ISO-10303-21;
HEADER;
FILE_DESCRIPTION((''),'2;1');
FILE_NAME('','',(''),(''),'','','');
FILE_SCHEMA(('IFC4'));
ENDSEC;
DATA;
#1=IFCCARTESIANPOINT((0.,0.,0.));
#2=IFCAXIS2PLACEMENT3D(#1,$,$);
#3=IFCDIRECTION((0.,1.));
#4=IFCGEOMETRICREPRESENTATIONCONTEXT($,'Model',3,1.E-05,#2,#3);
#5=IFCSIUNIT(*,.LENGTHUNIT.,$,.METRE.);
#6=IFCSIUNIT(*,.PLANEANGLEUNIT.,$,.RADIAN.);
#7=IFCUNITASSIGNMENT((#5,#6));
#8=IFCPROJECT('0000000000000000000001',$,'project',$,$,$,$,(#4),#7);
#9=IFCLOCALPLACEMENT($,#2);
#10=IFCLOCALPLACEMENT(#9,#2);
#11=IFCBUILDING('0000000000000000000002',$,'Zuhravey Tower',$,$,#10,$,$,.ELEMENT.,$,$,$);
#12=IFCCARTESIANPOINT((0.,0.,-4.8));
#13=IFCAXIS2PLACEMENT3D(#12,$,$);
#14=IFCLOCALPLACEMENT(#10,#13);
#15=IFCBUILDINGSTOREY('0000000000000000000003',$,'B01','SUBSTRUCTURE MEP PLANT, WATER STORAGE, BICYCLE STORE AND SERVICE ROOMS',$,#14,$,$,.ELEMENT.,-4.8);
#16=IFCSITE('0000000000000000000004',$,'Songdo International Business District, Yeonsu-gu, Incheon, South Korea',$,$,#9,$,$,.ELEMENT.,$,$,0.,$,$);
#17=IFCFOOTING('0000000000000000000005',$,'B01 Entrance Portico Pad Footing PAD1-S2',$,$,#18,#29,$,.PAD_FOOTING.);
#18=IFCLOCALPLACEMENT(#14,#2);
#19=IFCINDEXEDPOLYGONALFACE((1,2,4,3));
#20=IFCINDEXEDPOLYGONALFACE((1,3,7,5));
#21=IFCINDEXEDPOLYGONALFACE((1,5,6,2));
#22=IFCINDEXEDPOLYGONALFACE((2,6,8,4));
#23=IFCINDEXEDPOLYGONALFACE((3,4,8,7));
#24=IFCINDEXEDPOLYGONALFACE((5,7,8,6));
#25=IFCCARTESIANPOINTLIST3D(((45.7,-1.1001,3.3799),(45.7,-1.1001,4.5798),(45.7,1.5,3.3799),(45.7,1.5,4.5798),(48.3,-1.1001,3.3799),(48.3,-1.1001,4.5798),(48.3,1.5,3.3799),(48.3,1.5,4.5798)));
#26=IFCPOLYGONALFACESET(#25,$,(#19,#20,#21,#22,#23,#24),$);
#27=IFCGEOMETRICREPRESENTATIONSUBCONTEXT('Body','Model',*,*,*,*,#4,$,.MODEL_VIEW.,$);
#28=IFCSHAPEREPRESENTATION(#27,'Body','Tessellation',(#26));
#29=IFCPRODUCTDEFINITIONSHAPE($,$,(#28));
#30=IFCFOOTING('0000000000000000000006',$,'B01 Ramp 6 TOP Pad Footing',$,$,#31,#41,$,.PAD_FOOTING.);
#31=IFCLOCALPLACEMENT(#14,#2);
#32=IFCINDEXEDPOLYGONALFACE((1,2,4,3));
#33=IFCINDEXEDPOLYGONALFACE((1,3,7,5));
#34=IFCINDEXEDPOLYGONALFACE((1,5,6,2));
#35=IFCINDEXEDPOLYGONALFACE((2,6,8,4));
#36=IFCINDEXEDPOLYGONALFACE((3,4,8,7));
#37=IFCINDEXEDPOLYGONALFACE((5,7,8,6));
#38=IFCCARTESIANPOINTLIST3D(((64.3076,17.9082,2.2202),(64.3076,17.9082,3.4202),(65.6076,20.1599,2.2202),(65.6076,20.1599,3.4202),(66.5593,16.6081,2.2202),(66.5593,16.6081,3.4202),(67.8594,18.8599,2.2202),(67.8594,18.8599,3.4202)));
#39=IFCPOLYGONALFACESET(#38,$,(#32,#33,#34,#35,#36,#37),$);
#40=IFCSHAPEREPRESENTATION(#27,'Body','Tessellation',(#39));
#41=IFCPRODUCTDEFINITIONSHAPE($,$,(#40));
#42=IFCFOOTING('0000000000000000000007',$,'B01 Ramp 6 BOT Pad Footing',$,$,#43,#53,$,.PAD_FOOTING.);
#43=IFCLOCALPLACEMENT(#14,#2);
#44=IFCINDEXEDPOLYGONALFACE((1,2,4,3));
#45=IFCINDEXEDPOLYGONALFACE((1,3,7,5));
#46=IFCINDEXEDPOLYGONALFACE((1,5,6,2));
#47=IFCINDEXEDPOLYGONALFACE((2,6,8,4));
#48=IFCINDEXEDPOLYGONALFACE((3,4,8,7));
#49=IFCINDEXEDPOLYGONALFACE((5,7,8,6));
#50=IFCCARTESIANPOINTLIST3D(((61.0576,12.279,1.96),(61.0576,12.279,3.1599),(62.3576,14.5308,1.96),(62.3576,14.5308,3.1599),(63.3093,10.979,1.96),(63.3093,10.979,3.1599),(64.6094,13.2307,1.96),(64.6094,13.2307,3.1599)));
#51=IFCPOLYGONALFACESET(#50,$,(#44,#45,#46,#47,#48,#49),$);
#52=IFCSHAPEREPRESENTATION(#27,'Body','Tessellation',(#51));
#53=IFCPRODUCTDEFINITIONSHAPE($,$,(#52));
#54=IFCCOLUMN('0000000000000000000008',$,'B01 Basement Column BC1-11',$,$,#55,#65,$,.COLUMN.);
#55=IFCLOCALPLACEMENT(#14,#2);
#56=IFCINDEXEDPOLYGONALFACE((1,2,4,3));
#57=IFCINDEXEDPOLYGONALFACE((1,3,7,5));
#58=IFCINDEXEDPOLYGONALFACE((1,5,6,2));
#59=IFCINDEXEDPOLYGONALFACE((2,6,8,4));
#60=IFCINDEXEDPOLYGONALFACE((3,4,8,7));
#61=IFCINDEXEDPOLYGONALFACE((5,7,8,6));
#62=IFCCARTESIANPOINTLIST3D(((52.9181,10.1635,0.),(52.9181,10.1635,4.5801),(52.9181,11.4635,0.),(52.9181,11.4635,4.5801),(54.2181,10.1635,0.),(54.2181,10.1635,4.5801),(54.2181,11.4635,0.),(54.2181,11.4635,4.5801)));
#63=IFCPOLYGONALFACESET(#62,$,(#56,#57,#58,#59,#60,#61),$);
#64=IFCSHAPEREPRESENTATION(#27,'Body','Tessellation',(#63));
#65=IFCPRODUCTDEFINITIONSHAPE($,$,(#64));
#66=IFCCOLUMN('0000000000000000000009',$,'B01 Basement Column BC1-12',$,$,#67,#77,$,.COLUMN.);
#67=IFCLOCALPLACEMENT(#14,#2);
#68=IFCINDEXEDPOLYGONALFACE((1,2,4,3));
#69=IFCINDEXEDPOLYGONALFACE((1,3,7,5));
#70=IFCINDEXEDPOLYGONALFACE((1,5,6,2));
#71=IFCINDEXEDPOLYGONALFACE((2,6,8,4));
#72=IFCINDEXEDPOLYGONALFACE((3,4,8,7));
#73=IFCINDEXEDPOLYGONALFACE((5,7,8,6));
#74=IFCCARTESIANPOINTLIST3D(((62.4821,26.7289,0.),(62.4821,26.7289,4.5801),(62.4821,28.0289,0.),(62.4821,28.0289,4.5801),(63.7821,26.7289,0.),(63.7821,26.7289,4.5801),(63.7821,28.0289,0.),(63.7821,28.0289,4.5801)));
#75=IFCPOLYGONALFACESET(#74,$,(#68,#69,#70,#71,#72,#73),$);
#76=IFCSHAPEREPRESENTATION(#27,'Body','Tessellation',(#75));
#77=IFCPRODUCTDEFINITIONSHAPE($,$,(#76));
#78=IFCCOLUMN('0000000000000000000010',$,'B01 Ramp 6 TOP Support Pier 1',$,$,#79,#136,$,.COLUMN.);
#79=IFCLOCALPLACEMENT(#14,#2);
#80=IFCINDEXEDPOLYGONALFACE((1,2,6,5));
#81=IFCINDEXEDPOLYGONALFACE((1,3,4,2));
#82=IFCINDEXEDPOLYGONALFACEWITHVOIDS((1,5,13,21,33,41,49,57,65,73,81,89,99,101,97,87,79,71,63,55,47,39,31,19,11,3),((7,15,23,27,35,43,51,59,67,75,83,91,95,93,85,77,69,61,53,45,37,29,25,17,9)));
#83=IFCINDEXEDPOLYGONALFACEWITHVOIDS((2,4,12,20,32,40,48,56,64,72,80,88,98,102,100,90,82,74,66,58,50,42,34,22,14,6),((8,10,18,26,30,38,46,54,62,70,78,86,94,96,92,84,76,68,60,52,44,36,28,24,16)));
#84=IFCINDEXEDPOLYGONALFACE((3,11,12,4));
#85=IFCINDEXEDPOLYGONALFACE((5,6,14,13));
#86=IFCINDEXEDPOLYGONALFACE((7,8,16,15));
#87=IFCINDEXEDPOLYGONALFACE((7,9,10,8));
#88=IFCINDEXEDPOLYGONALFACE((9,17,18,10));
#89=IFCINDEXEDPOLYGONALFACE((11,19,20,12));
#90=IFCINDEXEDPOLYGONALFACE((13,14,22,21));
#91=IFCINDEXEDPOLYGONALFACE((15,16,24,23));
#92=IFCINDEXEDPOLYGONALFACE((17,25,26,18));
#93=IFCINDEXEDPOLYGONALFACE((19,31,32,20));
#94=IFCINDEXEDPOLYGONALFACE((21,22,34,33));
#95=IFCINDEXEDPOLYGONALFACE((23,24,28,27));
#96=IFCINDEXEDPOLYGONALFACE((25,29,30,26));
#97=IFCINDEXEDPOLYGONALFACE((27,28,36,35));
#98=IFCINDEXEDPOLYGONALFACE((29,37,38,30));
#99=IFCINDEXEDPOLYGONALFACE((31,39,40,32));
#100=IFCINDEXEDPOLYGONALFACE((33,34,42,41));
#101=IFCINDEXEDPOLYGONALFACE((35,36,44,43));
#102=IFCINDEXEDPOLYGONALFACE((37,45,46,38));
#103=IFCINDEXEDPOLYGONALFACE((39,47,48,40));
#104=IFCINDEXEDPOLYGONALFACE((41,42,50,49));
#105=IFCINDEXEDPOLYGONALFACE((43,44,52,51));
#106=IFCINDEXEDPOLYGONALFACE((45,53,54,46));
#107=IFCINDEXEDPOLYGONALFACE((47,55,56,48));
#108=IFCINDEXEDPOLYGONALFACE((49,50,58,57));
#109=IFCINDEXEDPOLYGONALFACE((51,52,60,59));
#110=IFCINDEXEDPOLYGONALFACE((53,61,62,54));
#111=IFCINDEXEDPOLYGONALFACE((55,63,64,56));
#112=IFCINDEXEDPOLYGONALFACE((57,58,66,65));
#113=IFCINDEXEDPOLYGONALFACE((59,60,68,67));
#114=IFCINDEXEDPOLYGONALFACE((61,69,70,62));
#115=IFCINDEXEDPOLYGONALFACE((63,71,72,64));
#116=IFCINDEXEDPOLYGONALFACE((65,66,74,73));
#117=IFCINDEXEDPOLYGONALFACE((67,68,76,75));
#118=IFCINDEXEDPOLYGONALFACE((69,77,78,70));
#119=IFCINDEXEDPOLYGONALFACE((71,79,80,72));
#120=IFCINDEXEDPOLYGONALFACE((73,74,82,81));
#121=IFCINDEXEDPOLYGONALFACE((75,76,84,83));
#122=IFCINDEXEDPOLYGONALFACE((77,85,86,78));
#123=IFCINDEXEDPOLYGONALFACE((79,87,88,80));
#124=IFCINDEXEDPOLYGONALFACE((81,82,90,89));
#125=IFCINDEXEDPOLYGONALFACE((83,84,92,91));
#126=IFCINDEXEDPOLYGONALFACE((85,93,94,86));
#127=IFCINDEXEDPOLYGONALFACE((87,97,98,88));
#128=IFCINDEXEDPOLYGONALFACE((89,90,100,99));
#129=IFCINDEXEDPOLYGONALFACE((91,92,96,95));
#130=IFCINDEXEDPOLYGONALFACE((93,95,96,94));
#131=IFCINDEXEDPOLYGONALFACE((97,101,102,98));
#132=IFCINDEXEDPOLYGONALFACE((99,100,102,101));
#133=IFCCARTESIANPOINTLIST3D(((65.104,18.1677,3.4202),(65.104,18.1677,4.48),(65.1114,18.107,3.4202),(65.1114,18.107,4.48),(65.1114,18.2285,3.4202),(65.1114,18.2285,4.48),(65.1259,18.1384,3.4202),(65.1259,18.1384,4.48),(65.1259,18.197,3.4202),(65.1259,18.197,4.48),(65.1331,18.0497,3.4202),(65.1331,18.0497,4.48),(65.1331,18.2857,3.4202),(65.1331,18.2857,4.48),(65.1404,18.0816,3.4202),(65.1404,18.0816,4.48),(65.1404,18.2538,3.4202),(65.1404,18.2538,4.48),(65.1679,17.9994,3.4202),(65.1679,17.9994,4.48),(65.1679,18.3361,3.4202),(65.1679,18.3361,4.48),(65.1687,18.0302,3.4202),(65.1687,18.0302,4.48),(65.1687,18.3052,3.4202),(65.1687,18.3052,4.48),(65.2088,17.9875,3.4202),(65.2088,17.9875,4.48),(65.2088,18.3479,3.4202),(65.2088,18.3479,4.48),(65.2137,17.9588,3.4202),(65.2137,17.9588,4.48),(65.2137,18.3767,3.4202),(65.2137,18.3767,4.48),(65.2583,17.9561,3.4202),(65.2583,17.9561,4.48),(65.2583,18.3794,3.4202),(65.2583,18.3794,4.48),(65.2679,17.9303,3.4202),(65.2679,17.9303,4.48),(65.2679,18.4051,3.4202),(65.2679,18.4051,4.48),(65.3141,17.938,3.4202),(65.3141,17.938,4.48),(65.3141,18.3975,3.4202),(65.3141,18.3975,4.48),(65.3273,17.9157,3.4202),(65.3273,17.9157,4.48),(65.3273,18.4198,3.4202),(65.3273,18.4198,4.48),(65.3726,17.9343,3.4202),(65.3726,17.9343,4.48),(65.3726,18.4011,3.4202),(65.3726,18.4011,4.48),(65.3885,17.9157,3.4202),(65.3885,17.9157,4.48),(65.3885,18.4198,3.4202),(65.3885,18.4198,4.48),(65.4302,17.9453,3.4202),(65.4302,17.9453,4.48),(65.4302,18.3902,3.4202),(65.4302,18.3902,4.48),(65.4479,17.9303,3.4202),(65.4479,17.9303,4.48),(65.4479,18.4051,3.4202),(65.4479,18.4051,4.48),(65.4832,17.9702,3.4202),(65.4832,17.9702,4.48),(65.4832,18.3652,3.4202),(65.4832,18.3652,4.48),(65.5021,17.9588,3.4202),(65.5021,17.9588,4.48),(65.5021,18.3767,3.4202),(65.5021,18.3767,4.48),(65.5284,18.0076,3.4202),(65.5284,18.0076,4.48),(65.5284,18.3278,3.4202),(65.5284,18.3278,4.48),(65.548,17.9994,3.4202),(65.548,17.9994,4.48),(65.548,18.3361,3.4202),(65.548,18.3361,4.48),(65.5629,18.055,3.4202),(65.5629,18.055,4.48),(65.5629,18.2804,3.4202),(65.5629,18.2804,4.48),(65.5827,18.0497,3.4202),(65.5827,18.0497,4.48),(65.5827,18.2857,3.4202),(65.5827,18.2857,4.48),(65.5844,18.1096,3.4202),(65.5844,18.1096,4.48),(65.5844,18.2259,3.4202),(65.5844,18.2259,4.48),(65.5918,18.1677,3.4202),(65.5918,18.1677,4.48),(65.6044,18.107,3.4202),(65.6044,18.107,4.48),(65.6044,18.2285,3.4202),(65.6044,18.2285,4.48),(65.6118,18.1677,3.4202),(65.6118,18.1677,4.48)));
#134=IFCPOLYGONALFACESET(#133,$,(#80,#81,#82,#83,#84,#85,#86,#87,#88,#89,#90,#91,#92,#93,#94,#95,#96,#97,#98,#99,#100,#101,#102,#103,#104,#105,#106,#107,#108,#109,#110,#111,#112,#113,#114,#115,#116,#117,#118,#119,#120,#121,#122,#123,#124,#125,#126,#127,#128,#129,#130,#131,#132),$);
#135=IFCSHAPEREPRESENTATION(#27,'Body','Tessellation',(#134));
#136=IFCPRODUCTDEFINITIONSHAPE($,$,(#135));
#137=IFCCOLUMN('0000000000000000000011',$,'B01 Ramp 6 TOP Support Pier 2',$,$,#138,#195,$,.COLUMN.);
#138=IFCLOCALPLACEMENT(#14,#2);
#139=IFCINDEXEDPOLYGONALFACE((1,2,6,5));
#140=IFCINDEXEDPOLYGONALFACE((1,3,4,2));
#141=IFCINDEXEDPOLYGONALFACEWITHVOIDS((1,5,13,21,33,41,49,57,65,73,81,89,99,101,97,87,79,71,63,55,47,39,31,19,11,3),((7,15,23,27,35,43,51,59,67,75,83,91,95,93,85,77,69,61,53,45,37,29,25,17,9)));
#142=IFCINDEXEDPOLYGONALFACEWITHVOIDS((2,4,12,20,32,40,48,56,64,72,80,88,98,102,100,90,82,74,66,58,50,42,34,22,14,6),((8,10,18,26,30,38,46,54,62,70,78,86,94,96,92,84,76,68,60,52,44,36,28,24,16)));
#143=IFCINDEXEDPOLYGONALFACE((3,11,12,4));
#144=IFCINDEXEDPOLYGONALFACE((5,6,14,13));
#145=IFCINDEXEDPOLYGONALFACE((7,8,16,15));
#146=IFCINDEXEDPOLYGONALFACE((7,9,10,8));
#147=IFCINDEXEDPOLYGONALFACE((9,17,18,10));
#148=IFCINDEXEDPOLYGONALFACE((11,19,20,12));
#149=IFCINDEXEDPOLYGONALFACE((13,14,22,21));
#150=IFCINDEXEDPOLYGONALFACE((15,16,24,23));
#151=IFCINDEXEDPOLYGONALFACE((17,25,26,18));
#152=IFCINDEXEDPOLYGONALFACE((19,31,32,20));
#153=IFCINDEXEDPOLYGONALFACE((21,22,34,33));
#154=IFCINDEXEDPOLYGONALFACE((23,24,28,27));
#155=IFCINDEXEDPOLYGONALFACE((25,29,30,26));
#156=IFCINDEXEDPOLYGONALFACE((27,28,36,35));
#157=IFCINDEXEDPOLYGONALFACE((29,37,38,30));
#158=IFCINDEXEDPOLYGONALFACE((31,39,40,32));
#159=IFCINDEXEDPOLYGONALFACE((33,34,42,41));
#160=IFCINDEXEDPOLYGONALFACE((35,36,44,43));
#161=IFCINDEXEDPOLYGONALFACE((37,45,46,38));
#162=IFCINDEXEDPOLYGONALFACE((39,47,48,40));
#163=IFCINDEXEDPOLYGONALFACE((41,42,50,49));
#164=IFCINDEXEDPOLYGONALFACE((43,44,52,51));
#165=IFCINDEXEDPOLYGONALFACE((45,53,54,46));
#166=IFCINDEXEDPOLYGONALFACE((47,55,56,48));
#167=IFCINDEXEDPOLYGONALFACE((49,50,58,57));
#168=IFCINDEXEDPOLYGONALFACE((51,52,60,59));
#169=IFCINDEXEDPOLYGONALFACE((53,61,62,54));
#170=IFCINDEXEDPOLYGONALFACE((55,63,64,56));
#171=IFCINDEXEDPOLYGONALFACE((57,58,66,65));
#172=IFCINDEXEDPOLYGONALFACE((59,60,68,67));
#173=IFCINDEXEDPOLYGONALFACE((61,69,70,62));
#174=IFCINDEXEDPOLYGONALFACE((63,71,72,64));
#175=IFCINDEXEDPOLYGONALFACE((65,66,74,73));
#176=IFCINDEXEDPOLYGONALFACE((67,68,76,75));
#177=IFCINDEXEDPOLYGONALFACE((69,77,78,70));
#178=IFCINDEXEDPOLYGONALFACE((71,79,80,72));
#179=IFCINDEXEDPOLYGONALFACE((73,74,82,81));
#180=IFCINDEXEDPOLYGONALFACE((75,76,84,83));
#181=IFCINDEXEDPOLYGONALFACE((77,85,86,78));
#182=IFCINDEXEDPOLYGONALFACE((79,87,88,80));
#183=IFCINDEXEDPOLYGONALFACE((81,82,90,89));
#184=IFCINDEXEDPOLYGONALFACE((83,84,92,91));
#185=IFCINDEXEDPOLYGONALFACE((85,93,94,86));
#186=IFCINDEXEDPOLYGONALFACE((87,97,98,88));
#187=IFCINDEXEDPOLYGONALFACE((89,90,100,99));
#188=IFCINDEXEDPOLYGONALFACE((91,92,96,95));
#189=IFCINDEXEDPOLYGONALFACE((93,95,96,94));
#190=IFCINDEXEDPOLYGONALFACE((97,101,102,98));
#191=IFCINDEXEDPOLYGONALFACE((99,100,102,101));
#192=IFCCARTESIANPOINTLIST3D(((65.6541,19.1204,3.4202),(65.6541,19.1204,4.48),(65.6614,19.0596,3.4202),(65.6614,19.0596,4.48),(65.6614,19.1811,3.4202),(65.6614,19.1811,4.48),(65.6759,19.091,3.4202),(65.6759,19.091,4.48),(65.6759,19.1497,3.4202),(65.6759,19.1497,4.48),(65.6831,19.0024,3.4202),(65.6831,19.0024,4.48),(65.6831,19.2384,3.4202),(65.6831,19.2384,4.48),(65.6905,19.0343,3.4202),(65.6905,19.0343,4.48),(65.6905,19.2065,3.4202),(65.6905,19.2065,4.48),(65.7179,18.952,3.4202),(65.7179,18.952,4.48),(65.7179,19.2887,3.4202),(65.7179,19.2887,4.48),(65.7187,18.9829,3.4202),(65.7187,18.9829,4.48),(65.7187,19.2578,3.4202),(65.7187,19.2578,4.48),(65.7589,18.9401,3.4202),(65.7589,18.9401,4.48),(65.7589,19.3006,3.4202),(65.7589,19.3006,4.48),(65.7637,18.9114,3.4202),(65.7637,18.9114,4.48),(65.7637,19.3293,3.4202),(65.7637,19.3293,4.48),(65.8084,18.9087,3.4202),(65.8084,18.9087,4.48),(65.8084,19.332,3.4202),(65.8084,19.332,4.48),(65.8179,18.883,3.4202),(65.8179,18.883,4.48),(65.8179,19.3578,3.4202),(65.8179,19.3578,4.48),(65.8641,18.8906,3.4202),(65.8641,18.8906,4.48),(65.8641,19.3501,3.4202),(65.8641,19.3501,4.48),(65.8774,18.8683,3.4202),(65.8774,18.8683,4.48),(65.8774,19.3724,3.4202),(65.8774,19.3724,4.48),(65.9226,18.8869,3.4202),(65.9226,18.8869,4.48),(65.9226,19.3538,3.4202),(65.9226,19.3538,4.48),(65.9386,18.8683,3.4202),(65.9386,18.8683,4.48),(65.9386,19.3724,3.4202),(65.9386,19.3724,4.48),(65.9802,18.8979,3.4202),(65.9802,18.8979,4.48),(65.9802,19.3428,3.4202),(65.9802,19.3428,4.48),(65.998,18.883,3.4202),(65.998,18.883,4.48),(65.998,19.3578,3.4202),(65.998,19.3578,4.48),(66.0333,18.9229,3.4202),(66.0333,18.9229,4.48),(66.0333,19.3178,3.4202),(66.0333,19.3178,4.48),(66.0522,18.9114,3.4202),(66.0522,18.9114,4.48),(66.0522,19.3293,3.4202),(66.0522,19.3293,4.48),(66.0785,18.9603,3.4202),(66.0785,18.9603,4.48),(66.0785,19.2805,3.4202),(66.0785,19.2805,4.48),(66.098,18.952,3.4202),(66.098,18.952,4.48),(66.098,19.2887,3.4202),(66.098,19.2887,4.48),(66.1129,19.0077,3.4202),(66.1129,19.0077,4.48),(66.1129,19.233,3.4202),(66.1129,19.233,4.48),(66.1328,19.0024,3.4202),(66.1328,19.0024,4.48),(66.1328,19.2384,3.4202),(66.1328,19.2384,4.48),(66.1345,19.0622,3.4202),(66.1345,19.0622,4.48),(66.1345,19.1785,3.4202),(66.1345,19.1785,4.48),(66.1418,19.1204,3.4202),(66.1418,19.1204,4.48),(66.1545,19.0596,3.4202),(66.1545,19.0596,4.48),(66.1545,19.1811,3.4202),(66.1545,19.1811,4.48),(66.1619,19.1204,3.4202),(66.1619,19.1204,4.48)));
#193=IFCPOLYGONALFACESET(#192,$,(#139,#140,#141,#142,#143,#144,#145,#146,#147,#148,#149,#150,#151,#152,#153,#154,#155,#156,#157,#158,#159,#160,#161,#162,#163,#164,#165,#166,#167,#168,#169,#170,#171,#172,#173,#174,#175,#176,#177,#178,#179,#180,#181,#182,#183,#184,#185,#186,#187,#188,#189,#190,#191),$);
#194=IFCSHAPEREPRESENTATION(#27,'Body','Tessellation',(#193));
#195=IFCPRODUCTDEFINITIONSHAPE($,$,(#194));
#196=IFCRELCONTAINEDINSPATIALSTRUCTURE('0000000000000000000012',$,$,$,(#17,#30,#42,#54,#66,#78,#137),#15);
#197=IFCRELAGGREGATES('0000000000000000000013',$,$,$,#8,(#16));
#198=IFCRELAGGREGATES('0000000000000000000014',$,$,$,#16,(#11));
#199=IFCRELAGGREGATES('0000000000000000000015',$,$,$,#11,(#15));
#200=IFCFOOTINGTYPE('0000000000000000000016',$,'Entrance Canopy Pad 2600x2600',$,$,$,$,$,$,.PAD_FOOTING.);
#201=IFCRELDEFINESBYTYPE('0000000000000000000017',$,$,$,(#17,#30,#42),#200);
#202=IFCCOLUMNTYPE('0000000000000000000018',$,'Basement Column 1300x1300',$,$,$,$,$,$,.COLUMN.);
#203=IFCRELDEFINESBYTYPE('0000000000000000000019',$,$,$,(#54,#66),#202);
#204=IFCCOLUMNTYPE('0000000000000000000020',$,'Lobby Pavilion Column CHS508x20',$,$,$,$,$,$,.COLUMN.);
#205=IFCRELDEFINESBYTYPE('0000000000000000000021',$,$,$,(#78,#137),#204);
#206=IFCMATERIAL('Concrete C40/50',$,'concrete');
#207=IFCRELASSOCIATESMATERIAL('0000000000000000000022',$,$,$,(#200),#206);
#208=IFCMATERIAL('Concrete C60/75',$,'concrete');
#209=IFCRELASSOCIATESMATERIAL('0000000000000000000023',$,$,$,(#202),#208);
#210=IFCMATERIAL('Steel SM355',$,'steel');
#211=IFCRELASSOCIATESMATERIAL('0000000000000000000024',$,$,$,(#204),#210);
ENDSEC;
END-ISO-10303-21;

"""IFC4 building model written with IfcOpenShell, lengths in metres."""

from ifc_helpers import new_model, si_unit, direction, frame, origin, origin_2d, place, context, subcontext, project, spatial, rectangle, hollow_circle, extrude, material, material_profile, profile_set, type_object, element, save


model = new_model("IFC4")

# Units and contexts
model_context = context("Model", 3, precision=1e-05, world=origin(), true_north=direction((0.0, 1.0)))
body_context = subcontext(model_context, "Body", "Model", "MODEL_VIEW")
ifc_project = project(units=[si_unit("LENGTHUNIT", "METRE"), si_unit("PLANEANGLEUNIT", "RADIAN")], contexts=[model_context])

# Site, building, storey
site_placement = place(None, origin())
site = spatial("IfcSite", under=ifc_project, at=site_placement, Name="Songdo International Business District, Yeonsu-gu, Incheon, South Korea", CompositionType="ELEMENT", RefElevation=0.0)
building_placement = place(site_placement, origin())
building = spatial("IfcBuilding", under=site, at=building_placement, Name="Zuhravey Tower", CompositionType="ELEMENT")
storey_placement = place(building_placement, frame((0.0, 0.0, -4.8)))
storey = spatial("IfcBuildingStorey", under=building, at=storey_placement, Name="B01", Description="SUBSTRUCTURE MEP PLANT, WATER STORAGE, BICYCLE STORE AND SERVICE ROOMS", CompositionType="ELEMENT", Elevation=-4.8)

# Footings
ifc_material_1 = material(Name="Concrete C40/50", Category="concrete")
footing_type = type_object("IfcFootingType", Name="Entrance Canopy Pad 2600x2600", PredefinedType="PAD_FOOTING", material=ifc_material_1)
for number, where, z_axis, x_axis, name in (
    (1, (47.0, 0.2, 3.3799), (0.0, 0.0, 1.0), (1.0, 0.0, 0.0), "B01 Entrance Portico Pad Footing PAD1-S2"),
    (2, (66.0835, 18.384, 2.2202), (0.0, 0.0, 1.0), (0.5, 0.866025, 0.0), "B01 Ramp 6 TOP Pad Footing"),
    (3, (62.8335, 12.7549, 1.96), (0.0, 0.0, 1.0), (0.5, 0.866025, 0.0), "B01 Ramp 6 BOT Pad Footing"),
):
    element("IfcFooting", number, at=place(storey_placement, frame(where, z_axis=z_axis, x_axis=x_axis)), inside=storey, type_object=footing_type, Name=name, PredefinedType="PAD_FOOTING", context=body_context, shape_type="SweptSolid", body=[
        extrude(rectangle(XDim=2.6001, YDim=2.6001, at=origin_2d()), origin(), (0.0, 0.0, 1.0), 1.2),
    ])

# Columns
ifc_material_2 = material(Name="Concrete C60/75", Category="concrete")
ifc_material_profile_1 = material_profile(ifc_material_2, rectangle(XDim=1.3, YDim=1.3, at=origin_2d()), Name="RC-1300x1300")
ifc_profile_set_1 = profile_set([ifc_material_profile_1], Name="Concrete C60/75")
column_type_1 = type_object("IfcColumnType", Name="Basement Column 1300x1300", PredefinedType="COLUMN", material=ifc_profile_set_1)
for number, where, z_axis, x_axis, name in (
    (4, (53.5681, 10.8135, 0.0), (0.0, 0.0, 1.0), (1.0, 0.0, 0.0), "B01 Basement Column BC1-11"),
    (5, (63.1321, 27.3789, 0.0), (0.0, 0.0, 1.0), (1.0, 0.0, 0.0), "B01 Basement Column BC1-12"),
):
    element("IfcColumn", number, at=place(storey_placement, frame(where, z_axis=z_axis, x_axis=x_axis)), inside=storey, type_object=column_type_1, Name=name, PredefinedType="COLUMN", context=body_context, shape_type="SweptSolid", body=[
        extrude(rectangle(XDim=1.3, YDim=1.3, at=origin_2d()), origin(), (0.0, 0.0, 1.0), 4.5801),
    ])
ifc_material_3 = material(Name="Steel SM355", Category="steel")
ifc_material_profile_2 = material_profile(ifc_material_3, hollow_circle(Radius=0.2539, WallThickness=0.02, at=origin_2d()), Name="CHS-508x20")
ifc_profile_set_2 = profile_set([ifc_material_profile_2], Name="Steel SM355")
column_type_2 = type_object("IfcColumnType", Name="Lobby Pavilion Column CHS508x20", PredefinedType="COLUMN", material=ifc_profile_set_2)
for number, where, z_axis, x_axis, name in (
    (6, (65.3579, 18.1677, 3.4202), (0.0, 0.0, 1.0), (1.0, 0.0, 0.0), "B01 Ramp 6 TOP Support Pier 1"),
    (7, (65.908, 19.1204, 3.4202), (0.0, 0.0, 1.0), (1.0, 0.0, 0.0), "B01 Ramp 6 TOP Support Pier 2"),
):
    element("IfcColumn", number, at=place(storey_placement, frame(where, z_axis=z_axis, x_axis=x_axis)), inside=storey, type_object=column_type_2, Name=name, PredefinedType="COLUMN", context=body_context, shape_type="SweptSolid", body=[
        extrude(hollow_circle(Radius=0.2539, WallThickness=0.02, at=origin_2d()), origin(), (0.0, 0.0, 1.0), 1.0598),
    ])

save(model, "model.ifc")
